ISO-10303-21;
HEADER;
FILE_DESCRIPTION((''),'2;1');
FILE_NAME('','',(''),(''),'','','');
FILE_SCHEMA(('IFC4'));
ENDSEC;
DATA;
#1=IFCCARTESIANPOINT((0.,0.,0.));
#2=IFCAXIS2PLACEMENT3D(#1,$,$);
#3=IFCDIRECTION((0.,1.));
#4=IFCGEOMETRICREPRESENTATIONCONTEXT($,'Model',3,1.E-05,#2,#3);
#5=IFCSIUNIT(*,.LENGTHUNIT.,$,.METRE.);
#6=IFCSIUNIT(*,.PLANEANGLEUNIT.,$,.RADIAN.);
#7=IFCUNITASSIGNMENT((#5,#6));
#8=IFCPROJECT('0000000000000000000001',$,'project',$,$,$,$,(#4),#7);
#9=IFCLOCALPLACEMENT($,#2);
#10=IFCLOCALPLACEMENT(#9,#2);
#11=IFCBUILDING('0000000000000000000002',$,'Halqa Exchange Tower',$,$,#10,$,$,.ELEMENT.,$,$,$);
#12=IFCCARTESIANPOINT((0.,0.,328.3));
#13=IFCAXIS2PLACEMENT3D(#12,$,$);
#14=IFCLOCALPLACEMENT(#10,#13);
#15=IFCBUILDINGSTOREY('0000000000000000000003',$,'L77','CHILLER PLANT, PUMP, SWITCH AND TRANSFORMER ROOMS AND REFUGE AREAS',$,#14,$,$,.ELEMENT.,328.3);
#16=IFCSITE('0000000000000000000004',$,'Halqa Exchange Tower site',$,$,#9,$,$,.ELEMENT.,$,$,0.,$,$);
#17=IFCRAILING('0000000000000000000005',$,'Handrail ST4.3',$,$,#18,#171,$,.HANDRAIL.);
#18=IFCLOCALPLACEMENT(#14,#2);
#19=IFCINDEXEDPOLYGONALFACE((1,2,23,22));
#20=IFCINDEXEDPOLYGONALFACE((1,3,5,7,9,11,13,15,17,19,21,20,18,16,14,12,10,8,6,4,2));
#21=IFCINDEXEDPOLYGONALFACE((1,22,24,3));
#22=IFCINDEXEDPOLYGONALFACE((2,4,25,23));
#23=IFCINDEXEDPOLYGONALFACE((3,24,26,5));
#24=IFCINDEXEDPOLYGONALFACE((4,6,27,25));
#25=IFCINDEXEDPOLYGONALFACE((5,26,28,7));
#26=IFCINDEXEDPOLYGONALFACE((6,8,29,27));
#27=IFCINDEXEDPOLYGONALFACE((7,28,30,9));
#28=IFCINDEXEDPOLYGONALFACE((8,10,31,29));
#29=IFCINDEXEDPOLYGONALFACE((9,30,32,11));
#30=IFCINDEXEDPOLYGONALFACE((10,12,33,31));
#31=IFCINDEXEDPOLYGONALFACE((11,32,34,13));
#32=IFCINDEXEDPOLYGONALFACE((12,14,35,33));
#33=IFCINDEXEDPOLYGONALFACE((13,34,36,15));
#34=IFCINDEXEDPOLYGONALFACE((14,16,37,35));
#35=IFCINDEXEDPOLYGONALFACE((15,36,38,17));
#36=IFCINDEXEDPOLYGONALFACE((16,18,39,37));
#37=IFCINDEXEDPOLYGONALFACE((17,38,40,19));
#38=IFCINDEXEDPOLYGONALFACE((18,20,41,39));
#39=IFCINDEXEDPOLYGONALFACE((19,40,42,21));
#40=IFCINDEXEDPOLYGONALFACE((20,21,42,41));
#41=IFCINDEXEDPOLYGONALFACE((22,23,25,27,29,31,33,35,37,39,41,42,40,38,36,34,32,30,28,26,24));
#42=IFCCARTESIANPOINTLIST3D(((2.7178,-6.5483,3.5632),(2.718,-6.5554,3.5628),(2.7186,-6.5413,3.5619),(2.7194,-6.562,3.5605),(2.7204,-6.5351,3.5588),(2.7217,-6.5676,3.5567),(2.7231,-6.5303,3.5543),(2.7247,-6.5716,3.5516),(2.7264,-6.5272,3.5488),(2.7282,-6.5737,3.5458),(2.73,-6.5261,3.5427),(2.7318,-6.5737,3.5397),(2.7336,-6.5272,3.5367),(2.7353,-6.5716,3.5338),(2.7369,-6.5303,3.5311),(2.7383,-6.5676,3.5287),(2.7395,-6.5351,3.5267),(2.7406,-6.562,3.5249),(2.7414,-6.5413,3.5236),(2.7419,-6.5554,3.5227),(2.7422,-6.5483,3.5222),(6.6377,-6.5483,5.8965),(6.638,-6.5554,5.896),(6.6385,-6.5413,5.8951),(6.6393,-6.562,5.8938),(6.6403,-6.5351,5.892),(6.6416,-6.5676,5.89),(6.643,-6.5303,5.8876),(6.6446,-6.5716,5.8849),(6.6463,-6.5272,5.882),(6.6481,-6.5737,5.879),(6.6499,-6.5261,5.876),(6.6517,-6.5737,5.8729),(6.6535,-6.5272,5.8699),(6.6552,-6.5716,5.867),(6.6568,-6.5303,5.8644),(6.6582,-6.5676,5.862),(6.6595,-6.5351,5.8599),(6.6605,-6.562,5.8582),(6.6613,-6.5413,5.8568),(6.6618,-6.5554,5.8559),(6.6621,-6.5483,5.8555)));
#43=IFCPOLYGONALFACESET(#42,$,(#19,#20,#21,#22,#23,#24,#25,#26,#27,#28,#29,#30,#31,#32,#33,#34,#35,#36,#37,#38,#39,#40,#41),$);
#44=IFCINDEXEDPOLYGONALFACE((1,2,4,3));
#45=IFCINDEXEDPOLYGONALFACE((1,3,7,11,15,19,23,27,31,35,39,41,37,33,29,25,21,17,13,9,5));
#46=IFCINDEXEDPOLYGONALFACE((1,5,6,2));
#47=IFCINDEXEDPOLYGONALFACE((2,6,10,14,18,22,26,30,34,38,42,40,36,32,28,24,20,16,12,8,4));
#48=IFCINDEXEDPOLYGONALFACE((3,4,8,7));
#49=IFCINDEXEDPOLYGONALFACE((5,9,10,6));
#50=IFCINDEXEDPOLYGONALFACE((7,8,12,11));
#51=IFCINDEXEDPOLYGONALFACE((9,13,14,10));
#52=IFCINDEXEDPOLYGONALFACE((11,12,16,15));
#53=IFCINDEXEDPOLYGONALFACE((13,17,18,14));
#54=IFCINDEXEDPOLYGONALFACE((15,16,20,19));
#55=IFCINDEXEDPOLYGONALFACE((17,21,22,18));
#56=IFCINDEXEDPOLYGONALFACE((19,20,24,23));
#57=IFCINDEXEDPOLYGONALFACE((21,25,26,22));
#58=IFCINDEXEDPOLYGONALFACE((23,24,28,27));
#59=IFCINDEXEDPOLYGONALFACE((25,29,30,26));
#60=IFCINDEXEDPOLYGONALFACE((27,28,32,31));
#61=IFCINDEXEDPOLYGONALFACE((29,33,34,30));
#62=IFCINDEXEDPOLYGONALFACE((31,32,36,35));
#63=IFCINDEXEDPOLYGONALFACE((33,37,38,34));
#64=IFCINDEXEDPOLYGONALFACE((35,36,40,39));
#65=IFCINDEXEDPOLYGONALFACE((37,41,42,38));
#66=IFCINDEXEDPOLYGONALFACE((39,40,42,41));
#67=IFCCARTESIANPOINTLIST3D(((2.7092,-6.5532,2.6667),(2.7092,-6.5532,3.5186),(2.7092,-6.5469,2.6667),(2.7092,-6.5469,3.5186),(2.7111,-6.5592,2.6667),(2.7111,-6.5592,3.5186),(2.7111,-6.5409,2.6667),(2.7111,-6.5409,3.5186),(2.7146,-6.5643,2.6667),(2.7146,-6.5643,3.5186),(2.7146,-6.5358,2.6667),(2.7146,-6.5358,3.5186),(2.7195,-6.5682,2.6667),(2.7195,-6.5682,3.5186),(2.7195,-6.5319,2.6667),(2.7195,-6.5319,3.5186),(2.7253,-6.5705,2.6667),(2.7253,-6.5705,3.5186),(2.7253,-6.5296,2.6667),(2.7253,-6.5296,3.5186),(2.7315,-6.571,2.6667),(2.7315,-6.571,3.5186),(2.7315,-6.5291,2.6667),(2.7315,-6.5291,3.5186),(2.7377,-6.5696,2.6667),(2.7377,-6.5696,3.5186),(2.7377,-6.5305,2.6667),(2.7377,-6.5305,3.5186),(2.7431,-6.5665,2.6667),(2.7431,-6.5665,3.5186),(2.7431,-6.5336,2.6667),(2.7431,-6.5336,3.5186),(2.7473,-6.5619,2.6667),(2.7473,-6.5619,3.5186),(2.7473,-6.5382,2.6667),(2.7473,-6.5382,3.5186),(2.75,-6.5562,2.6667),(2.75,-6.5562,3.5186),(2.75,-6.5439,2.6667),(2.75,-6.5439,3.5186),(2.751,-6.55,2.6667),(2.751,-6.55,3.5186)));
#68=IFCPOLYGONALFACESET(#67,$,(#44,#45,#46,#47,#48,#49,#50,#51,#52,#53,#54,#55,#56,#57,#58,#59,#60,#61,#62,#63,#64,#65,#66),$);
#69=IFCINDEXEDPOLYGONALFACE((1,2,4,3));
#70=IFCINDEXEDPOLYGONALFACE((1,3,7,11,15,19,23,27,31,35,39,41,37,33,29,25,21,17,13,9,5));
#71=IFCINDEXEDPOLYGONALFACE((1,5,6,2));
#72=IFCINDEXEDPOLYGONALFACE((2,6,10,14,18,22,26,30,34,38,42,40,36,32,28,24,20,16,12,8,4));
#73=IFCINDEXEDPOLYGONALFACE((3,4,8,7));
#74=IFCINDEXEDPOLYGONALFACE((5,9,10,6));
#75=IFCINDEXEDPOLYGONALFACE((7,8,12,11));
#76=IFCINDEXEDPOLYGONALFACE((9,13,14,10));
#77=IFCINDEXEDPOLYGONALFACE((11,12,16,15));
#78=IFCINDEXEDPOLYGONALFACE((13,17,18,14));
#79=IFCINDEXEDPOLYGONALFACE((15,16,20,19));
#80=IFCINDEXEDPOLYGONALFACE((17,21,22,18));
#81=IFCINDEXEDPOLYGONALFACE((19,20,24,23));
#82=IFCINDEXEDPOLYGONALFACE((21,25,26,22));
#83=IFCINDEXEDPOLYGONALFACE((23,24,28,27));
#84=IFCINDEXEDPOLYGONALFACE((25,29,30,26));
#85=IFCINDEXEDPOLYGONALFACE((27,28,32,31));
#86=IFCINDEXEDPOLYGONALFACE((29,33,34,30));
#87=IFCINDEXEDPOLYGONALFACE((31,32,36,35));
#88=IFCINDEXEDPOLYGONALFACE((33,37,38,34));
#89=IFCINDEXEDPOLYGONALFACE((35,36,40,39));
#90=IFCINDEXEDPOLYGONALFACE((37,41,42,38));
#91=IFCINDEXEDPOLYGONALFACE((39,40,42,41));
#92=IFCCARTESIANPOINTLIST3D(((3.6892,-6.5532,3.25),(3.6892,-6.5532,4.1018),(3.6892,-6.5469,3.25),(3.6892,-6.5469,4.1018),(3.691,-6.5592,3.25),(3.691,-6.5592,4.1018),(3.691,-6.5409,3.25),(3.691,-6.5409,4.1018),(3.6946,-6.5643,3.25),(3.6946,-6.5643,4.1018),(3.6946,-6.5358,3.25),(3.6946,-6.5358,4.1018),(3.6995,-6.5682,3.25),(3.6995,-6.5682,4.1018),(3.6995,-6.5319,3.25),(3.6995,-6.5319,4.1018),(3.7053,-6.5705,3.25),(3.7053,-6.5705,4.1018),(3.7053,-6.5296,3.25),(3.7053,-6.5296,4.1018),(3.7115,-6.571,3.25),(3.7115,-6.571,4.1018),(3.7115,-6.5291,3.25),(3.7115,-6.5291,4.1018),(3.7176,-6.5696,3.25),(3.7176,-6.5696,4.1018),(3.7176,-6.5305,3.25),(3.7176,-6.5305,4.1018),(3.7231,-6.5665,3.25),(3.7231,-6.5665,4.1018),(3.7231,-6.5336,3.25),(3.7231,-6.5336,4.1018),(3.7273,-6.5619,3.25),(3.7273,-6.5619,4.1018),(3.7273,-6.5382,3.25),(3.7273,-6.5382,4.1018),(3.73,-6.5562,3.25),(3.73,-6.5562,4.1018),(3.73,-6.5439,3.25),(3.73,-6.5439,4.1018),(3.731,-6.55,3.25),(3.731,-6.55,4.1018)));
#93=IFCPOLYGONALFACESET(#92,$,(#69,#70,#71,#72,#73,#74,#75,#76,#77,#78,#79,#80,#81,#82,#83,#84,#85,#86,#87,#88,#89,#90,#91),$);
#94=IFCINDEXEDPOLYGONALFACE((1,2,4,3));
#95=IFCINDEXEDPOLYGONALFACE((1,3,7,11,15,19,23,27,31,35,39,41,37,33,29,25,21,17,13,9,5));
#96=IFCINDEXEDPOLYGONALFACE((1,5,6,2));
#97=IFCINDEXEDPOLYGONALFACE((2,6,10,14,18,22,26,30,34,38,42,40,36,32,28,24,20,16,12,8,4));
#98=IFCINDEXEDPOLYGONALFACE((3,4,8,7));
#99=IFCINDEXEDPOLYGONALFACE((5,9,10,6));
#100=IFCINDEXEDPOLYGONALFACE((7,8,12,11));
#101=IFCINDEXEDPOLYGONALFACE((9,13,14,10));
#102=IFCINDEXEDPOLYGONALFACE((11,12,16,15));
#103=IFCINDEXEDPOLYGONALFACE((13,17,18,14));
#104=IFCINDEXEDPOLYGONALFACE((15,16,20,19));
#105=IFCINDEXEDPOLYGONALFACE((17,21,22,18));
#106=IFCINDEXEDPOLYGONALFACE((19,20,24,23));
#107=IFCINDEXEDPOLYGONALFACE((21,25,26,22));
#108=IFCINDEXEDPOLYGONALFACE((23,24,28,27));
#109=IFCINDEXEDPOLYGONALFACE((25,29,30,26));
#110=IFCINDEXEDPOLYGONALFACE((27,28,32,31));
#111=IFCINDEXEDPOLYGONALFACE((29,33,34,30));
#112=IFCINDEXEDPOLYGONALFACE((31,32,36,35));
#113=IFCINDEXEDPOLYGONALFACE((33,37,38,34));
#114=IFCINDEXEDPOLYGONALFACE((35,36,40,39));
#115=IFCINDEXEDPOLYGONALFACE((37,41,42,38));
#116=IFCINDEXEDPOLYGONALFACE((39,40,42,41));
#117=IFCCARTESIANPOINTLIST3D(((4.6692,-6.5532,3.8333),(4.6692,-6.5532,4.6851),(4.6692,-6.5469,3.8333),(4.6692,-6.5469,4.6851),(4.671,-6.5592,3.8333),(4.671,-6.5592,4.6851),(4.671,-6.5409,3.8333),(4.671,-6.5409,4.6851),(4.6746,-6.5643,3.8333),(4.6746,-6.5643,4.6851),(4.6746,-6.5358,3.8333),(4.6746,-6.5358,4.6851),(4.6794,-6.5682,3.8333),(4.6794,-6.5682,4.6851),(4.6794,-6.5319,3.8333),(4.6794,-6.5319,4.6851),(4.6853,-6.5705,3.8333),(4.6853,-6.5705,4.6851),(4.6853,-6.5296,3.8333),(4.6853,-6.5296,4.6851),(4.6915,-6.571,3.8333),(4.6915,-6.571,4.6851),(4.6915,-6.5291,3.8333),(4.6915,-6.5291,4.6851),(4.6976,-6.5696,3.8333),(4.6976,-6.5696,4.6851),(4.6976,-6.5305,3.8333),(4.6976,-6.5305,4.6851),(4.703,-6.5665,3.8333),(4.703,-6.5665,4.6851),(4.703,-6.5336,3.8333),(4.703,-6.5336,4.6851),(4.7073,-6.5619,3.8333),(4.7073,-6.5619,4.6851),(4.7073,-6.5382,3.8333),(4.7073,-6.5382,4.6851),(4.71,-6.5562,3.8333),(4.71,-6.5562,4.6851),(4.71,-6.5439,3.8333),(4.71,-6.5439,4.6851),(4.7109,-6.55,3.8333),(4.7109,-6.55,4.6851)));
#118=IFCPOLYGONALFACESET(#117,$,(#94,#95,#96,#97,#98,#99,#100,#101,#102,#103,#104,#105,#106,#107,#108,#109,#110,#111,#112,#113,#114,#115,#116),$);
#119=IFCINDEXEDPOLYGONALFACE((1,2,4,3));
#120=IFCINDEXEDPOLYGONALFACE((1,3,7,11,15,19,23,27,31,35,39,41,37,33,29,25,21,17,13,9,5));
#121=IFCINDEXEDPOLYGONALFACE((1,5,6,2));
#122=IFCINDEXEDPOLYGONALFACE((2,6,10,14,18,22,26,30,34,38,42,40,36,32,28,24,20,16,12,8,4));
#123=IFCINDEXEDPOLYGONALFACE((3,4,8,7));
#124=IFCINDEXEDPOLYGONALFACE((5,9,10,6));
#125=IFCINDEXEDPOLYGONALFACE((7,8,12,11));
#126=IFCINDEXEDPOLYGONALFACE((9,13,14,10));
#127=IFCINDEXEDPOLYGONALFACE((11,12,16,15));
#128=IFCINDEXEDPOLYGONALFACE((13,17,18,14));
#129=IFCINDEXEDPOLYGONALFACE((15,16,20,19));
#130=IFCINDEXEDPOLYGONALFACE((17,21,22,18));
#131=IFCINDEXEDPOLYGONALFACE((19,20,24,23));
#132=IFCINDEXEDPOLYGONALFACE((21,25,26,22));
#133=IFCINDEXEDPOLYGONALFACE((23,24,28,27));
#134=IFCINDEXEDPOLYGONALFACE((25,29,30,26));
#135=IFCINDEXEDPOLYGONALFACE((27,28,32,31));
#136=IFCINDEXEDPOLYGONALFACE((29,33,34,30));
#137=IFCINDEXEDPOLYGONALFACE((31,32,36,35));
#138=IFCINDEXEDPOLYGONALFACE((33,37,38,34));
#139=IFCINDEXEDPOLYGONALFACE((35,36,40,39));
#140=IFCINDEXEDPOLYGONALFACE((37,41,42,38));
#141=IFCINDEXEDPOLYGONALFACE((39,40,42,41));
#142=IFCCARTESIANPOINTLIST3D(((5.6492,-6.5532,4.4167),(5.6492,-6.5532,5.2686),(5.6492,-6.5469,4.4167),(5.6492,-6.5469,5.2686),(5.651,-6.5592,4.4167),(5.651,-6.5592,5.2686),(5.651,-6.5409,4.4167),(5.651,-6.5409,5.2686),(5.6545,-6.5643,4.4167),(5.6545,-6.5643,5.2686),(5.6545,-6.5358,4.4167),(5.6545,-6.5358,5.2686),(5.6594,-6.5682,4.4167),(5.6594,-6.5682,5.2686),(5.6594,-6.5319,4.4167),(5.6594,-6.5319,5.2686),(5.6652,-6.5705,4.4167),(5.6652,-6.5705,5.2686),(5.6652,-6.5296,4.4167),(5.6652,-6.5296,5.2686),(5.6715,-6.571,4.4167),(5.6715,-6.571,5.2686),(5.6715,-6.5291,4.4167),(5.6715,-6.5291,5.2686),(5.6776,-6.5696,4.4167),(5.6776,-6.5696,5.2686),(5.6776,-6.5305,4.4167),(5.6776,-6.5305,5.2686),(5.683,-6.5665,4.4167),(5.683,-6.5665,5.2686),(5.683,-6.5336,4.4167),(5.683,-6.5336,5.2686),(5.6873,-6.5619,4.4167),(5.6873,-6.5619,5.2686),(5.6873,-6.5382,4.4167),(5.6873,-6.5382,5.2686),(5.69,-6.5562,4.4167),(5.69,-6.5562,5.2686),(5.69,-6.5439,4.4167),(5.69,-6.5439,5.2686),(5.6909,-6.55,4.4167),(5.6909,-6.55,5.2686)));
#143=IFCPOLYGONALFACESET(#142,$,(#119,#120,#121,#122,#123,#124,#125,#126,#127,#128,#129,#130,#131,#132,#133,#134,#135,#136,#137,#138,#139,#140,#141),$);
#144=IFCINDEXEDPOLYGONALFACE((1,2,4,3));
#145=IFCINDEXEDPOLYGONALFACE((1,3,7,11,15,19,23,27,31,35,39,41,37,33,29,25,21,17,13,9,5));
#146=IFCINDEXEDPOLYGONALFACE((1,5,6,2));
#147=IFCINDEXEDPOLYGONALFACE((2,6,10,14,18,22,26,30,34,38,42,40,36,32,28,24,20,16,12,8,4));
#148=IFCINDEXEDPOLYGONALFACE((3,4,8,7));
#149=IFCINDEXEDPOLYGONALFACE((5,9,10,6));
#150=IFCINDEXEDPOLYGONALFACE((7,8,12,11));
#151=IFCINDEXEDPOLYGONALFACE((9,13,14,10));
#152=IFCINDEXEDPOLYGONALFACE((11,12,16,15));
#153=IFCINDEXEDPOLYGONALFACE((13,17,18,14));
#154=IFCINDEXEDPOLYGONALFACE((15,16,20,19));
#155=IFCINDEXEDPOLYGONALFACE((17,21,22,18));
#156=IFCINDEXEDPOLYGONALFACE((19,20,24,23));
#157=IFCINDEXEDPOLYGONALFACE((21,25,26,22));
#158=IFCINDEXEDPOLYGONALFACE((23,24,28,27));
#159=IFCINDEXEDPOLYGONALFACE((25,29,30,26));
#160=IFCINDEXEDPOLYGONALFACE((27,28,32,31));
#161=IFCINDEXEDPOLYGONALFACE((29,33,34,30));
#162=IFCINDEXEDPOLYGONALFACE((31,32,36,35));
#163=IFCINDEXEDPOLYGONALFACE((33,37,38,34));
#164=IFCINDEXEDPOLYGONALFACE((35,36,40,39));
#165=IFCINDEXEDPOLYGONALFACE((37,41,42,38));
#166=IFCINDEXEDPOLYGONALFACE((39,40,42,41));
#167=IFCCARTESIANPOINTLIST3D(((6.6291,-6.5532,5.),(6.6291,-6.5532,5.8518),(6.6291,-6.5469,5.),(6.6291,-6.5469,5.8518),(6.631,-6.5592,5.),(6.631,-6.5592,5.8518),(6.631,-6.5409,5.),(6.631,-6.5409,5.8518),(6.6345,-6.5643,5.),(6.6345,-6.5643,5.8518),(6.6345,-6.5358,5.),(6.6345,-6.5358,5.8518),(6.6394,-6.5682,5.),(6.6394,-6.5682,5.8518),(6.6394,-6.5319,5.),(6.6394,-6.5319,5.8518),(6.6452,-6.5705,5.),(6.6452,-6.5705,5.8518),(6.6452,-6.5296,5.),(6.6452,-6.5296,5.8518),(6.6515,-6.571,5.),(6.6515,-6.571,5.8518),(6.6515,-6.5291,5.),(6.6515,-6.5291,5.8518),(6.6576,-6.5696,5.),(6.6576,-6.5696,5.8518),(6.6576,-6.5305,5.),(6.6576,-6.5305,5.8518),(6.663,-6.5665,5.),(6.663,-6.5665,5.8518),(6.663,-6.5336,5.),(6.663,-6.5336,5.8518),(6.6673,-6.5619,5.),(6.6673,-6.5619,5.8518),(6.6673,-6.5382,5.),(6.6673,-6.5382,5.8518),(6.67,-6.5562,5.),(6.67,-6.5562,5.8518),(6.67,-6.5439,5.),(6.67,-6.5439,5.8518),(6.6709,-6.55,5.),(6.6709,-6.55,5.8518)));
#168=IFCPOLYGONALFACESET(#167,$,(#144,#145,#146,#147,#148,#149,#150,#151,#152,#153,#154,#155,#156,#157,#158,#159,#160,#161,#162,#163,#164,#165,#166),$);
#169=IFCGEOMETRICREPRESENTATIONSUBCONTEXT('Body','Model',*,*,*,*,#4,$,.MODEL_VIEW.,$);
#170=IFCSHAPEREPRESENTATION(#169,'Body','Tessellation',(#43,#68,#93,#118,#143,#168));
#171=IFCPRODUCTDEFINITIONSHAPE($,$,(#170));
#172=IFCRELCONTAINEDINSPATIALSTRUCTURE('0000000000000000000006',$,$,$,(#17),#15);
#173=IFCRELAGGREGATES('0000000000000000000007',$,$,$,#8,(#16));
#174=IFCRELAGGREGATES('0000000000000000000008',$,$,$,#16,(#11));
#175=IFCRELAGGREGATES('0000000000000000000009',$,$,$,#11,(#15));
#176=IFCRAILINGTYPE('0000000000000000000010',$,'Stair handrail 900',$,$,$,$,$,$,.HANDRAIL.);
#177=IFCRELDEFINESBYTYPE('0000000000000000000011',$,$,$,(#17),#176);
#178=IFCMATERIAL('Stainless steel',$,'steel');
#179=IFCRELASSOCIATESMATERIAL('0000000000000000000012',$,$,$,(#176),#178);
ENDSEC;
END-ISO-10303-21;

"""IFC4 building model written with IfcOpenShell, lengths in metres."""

from ifc_helpers import new_model, si_unit, direction, frame, origin, origin_2d, place, context, subcontext, project, spatial, circle, extrude, material, type_object, element, save


model = new_model("IFC4")

# Units and contexts
model_context = context("Model", 3, precision=1e-05, world=origin(), true_north=direction((0.0, 1.0)))
body_context = subcontext(model_context, "Body", "Model", "MODEL_VIEW")
ifc_project = project(units=[si_unit("LENGTHUNIT", "METRE"), si_unit("PLANEANGLEUNIT", "RADIAN")], contexts=[model_context])

# Site, building, storey
site_placement = place(None, origin())
site = spatial("IfcSite", under=ifc_project, at=site_placement, Name="Halqa Exchange Tower site", CompositionType="ELEMENT", RefElevation=0.0)
building_placement = place(site_placement, origin())
building = spatial("IfcBuilding", under=site, at=building_placement, Name="Halqa Exchange Tower", CompositionType="ELEMENT")
storey_placement = place(building_placement, frame((0.0, 0.0, 328.3)))
storey = spatial("IfcBuildingStorey", under=building, at=storey_placement, Name="L77", Description="CHILLER PLANT, PUMP, SWITCH AND TRANSFORMER ROOMS AND REFUGE AREAS", CompositionType="ELEMENT", Elevation=328.3)

# Railing
ifc_material_1 = material(Name="Stainless steel", Category="steel")
railing_type_1 = type_object("IfcRailingType", Name="Stair handrail 900", PredefinedType="HANDRAIL", material=ifc_material_1)
railing_1_placement = place(storey_placement, frame((2.73, -6.55, 2.6667)))
element("IfcRailing", 1, at=railing_1_placement, inside=storey, type_object=railing_type_1, Name="Handrail ST4.3", PredefinedType="HANDRAIL", context=body_context, shape_type="SweptSolid", body=[
    extrude(circle(Radius=0.0239, at=origin_2d()), frame((0.0, 0.0, 0.876), z_axis=(0.859296, 0.0, 0.511478), x_axis=(0.0, 1.0, 0.0)), (0.0, 0.0, 1.0), 4.5618),
    extrude(circle(Radius=0.021, at=origin_2d()), origin(), (0.0, 0.0, 1.0), 0.8518),
    extrude(circle(Radius=0.021, at=origin_2d()), frame((0.98, 0.0, 0.5833)), (0.0, 0.0, 1.0), 0.8518),
    extrude(circle(Radius=0.021, at=origin_2d()), frame((1.96, 0.0, 1.1665)), (0.0, 0.0, 1.0), 0.8518),
    extrude(circle(Radius=0.021, at=origin_2d()), frame((2.9399, 0.0, 1.75)), (0.0, 0.0, 1.0), 0.8518),
    extrude(circle(Radius=0.021, at=origin_2d()), frame((3.9199, 0.0, 2.3333)), (0.0, 0.0, 1.0), 0.8518),
])

save(model, "model.ifc")
